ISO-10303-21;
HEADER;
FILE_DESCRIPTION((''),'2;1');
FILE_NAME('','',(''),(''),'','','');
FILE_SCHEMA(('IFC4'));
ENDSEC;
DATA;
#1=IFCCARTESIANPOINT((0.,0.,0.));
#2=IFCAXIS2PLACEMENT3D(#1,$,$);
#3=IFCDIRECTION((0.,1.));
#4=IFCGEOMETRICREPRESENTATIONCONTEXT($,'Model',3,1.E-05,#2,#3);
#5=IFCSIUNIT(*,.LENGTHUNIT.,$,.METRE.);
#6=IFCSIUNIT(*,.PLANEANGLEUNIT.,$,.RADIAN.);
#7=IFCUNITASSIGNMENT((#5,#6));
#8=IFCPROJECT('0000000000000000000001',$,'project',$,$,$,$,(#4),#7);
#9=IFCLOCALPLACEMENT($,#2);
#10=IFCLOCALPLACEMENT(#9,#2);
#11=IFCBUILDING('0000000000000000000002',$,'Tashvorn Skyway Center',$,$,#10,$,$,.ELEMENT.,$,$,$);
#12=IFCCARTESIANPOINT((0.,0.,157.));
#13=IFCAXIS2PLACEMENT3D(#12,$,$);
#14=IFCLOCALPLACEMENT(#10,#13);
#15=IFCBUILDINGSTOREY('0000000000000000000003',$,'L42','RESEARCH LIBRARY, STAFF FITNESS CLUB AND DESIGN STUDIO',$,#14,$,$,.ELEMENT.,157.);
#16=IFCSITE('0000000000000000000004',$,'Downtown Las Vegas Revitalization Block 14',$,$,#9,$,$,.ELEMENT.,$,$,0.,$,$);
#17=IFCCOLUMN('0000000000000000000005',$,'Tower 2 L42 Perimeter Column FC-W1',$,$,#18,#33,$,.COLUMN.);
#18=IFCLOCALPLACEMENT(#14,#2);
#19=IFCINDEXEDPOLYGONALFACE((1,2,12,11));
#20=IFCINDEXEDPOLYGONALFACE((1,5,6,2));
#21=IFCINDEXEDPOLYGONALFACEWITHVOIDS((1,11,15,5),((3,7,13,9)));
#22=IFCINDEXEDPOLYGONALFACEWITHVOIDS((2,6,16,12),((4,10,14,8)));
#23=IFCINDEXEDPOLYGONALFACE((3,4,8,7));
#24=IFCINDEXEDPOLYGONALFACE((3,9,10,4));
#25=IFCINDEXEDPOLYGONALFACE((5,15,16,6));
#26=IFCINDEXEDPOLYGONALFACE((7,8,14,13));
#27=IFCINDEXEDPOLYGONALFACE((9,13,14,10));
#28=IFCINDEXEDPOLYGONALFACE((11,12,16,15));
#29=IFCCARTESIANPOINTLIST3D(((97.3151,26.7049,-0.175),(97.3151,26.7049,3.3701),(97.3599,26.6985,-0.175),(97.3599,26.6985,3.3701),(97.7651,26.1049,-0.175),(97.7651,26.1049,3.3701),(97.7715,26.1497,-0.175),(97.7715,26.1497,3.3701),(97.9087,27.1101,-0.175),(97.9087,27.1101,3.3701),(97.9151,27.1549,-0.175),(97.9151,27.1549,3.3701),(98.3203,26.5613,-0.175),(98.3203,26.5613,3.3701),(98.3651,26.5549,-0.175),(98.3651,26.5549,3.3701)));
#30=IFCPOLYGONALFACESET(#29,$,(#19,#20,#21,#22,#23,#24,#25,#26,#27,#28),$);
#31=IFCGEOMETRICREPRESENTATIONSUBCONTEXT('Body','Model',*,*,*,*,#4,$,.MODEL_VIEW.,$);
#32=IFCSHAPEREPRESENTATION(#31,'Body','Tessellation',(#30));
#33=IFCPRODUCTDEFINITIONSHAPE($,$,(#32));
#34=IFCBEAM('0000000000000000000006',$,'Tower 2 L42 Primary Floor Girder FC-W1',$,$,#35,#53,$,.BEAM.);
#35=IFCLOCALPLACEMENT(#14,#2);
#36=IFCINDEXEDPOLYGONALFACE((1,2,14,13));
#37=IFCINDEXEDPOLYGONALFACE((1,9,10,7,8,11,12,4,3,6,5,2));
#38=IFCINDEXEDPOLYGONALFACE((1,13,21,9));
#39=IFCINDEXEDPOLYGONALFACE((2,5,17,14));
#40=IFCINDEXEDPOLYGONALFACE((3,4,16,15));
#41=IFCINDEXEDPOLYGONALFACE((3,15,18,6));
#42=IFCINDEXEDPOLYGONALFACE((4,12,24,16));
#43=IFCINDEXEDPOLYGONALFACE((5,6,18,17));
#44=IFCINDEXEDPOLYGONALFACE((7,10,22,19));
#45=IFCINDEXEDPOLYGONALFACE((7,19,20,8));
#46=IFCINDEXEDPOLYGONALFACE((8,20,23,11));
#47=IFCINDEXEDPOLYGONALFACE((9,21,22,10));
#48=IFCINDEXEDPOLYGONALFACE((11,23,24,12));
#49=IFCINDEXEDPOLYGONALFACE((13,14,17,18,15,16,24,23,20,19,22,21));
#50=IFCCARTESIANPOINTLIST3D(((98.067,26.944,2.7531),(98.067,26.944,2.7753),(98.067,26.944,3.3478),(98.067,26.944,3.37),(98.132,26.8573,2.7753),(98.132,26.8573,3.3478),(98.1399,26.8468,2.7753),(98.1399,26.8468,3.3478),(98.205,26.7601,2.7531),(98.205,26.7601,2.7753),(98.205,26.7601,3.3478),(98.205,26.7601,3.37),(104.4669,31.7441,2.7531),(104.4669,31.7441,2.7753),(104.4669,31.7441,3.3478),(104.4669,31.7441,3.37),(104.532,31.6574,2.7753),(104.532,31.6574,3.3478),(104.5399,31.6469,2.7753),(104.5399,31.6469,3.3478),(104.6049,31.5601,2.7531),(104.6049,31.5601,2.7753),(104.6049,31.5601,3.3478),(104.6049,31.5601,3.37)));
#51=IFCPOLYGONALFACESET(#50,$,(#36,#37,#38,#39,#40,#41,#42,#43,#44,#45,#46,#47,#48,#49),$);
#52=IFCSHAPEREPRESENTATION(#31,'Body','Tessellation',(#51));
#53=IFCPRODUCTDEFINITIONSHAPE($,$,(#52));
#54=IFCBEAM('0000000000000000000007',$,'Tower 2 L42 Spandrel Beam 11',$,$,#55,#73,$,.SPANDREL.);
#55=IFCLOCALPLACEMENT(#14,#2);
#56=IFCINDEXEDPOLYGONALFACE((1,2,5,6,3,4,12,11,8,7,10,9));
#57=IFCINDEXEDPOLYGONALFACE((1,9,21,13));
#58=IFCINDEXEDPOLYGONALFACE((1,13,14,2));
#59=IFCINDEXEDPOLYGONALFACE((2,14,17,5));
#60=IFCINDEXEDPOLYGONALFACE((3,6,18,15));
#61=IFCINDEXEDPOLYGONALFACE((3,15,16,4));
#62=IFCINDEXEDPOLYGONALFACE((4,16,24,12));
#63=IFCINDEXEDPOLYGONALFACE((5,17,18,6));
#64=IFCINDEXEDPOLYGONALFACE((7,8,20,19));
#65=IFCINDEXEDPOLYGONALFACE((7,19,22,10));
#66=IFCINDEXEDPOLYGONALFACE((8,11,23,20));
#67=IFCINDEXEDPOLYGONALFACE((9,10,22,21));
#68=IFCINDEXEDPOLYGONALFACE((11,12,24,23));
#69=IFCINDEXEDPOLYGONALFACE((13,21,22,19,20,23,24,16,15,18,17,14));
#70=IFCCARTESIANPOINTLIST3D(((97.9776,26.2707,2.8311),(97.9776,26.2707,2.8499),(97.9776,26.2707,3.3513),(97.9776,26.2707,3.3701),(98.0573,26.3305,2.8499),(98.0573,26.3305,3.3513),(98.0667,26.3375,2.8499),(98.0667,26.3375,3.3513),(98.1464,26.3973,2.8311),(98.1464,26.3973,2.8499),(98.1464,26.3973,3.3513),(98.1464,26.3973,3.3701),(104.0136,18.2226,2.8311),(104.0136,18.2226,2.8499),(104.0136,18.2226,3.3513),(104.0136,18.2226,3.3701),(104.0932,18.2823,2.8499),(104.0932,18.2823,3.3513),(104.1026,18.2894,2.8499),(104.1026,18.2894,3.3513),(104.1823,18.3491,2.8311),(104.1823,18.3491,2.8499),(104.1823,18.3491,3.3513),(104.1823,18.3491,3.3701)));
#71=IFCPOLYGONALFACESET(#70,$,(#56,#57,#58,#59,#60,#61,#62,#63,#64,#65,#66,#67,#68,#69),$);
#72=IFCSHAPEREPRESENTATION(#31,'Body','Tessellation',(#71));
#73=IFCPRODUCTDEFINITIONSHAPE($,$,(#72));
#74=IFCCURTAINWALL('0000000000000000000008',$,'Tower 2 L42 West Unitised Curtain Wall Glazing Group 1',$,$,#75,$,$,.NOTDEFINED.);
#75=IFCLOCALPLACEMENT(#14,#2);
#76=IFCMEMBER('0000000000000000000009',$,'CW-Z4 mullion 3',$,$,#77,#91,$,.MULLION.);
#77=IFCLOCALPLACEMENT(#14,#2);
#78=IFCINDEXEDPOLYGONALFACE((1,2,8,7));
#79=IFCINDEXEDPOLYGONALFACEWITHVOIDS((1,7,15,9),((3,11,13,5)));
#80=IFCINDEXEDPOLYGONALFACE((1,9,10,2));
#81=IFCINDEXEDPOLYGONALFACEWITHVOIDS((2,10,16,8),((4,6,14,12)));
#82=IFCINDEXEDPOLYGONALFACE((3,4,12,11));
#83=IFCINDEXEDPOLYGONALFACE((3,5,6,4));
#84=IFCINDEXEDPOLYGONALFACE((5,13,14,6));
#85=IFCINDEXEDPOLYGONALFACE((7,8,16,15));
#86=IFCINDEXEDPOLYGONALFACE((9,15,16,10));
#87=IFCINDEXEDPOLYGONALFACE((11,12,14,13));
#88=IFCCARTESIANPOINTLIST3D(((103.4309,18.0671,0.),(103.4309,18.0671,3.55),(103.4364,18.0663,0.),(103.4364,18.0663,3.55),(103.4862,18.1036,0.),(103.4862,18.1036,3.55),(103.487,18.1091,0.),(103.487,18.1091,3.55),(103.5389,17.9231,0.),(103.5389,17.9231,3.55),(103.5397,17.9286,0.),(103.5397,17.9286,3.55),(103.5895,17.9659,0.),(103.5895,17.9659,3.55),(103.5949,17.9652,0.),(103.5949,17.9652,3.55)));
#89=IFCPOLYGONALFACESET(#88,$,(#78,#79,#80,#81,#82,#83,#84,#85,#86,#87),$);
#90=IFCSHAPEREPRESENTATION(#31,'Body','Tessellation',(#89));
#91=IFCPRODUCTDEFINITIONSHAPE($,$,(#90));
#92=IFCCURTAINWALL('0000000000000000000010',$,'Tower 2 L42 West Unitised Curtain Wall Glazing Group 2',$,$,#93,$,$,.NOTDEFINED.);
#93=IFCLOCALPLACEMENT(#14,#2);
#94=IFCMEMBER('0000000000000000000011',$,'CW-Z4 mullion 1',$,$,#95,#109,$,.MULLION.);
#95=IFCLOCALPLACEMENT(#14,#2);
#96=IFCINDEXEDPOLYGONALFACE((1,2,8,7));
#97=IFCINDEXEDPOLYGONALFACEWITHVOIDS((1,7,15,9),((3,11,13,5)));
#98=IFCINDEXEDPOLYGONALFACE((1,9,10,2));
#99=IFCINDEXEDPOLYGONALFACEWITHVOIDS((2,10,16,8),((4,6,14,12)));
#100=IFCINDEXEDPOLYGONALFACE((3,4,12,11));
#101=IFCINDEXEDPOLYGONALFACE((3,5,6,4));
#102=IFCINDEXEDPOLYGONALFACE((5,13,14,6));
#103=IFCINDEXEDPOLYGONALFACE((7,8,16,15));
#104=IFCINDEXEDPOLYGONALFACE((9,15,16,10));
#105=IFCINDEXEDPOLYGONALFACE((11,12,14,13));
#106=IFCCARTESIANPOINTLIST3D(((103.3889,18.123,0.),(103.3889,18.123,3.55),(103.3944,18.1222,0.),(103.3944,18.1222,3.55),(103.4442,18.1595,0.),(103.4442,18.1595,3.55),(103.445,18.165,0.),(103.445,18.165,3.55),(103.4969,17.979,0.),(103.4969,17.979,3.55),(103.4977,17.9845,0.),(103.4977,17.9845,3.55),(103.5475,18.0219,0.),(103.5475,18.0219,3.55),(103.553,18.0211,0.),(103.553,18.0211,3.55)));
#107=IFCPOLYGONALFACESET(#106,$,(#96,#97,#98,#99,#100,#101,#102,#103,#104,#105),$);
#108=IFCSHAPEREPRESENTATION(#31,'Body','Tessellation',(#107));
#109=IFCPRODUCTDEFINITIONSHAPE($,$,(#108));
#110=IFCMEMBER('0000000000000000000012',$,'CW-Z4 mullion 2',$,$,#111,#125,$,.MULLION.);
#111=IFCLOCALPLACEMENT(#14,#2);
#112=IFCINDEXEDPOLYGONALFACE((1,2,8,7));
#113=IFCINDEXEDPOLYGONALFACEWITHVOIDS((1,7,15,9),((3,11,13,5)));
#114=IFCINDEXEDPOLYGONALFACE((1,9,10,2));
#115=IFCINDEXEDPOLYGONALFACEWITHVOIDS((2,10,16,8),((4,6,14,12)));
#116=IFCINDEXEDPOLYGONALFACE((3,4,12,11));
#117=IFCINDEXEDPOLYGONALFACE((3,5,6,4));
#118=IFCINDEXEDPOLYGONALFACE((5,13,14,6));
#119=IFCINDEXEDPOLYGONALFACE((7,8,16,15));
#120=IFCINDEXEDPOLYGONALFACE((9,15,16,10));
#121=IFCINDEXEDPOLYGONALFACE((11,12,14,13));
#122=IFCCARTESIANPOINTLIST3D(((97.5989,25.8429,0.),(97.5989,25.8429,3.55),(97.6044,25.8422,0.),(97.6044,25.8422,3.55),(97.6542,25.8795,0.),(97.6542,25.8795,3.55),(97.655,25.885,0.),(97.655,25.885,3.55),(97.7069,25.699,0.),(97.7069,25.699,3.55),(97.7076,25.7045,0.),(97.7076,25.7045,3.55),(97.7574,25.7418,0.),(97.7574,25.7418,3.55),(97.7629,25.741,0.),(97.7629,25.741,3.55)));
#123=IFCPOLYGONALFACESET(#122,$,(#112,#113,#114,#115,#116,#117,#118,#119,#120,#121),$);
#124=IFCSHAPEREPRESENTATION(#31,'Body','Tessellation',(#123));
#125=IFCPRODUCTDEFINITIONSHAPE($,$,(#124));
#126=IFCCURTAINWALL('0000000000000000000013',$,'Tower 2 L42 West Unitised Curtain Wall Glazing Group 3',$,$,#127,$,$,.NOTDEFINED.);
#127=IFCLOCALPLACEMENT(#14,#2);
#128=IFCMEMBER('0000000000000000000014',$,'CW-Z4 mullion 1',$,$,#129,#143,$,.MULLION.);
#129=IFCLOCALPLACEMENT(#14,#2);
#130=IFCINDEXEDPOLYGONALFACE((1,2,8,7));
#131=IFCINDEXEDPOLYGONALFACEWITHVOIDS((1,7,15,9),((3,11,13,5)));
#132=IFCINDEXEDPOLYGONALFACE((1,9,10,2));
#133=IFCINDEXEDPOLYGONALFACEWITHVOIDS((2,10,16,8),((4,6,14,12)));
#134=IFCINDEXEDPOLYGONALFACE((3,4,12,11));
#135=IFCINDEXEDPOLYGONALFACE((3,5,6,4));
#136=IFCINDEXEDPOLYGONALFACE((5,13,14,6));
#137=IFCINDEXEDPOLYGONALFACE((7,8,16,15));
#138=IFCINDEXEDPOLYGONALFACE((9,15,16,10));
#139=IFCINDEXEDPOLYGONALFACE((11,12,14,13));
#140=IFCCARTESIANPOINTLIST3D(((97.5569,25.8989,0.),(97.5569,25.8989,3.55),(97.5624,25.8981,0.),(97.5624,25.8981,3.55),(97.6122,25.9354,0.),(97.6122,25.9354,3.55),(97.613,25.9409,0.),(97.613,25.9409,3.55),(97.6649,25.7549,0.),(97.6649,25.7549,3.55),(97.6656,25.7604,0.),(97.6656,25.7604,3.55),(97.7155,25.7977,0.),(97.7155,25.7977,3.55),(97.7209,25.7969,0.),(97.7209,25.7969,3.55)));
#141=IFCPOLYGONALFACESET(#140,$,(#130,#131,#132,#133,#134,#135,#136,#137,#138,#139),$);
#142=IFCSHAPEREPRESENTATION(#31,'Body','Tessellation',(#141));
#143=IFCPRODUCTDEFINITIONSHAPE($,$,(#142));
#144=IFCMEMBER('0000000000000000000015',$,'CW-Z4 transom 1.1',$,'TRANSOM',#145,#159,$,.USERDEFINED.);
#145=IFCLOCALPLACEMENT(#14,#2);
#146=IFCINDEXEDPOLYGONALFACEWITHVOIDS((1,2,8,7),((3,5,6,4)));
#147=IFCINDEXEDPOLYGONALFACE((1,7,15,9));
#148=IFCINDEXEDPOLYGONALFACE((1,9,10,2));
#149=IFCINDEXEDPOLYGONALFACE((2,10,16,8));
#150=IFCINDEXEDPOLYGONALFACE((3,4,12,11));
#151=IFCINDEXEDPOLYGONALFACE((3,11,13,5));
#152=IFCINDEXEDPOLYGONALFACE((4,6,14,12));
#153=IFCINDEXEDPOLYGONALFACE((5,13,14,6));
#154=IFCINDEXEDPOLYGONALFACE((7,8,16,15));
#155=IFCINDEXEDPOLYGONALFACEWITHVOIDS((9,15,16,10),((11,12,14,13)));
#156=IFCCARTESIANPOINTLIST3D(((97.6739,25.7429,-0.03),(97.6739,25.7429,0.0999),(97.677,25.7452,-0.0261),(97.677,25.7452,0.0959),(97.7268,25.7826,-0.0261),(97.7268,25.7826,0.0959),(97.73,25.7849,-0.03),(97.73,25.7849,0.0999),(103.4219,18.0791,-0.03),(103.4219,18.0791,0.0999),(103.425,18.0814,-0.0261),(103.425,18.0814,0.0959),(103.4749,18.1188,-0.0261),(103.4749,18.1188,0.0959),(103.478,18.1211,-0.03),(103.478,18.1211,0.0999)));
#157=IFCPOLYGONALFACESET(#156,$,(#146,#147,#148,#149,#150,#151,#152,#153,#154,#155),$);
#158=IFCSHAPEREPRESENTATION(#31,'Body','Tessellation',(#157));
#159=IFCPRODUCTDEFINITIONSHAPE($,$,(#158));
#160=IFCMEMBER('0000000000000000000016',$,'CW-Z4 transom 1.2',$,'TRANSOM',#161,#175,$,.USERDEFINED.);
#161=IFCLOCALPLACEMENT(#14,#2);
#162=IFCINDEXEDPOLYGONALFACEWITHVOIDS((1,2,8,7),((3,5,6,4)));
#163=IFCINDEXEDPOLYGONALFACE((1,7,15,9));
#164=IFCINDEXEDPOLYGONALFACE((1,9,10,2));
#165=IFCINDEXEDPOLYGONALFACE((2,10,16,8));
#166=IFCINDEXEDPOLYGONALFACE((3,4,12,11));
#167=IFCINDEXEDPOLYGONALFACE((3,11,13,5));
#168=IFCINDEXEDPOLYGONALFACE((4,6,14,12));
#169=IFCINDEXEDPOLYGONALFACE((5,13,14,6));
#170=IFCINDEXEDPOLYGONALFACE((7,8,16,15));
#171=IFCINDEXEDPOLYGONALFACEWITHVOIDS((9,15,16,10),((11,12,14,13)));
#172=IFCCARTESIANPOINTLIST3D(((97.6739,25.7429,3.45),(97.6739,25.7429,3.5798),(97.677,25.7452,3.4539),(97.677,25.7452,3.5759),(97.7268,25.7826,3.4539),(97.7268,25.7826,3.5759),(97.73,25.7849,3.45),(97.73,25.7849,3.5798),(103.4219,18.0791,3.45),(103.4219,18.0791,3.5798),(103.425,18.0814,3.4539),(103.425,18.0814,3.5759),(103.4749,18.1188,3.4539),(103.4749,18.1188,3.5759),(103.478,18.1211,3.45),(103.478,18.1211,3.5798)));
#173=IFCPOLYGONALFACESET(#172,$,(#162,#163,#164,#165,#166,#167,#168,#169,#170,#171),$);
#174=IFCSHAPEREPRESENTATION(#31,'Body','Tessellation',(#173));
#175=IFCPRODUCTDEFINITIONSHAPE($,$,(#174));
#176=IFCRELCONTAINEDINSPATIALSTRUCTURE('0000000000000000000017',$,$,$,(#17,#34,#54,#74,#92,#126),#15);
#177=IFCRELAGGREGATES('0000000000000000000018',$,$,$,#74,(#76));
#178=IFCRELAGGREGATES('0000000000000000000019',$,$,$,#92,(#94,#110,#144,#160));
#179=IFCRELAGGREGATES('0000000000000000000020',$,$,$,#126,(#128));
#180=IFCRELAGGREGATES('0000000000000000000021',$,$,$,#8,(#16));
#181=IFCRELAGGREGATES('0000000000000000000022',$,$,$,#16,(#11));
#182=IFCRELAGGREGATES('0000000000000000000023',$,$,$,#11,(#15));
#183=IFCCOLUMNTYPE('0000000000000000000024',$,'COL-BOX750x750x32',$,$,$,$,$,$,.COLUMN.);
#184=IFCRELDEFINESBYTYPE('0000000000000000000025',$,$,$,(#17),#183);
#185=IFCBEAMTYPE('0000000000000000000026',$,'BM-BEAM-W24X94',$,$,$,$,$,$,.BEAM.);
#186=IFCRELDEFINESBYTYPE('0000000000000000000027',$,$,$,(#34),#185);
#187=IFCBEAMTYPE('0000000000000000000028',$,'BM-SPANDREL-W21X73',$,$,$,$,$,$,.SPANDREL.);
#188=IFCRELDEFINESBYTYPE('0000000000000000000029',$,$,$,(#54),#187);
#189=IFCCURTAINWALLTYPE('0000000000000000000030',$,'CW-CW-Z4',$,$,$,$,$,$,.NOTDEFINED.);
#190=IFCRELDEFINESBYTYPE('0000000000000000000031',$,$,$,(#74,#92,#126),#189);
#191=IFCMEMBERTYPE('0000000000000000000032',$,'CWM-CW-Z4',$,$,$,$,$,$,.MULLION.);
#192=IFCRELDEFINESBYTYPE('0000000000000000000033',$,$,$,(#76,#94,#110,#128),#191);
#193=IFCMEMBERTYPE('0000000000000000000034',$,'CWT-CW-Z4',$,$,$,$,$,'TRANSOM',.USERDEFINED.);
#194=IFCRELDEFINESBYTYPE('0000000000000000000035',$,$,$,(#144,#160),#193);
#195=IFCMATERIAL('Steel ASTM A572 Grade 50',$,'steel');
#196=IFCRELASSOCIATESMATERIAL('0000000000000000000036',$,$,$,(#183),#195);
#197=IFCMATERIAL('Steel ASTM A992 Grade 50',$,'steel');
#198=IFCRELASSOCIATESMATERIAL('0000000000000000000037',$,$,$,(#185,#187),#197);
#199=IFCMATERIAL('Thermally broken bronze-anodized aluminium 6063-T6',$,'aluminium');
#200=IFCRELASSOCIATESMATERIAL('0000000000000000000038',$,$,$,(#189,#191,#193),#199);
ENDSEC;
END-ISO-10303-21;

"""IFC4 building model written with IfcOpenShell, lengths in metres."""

from ifc_helpers import new_model, si_unit, direction, frame, origin, origin_2d, place, context, subcontext, project, spatial, hollow_rectangle, i_section, extrude, material, material_profile, profile_set, type_object, element, aggregate, save


model = new_model("IFC4")

# Units and contexts
model_context = context("Model", 3, precision=1e-05, world=origin(), true_north=direction((0.0, 1.0)))
body_context = subcontext(model_context, "Body", "Model", "MODEL_VIEW")
ifc_project = project(units=[si_unit("LENGTHUNIT", "METRE"), si_unit("PLANEANGLEUNIT", "RADIAN")], contexts=[model_context])

# Site, building, storey
site_placement = place(None, origin())
site = spatial("IfcSite", under=ifc_project, at=site_placement, Name="Downtown Las Vegas Revitalization Block 14", CompositionType="ELEMENT", RefElevation=0.0)
building_placement = place(site_placement, origin())
building = spatial("IfcBuilding", under=site, at=building_placement, Name="Tashvorn Skyway Center", CompositionType="ELEMENT")
storey_placement = place(building_placement, frame((0.0, 0.0, 157.0)))
storey = spatial("IfcBuildingStorey", under=building, at=storey_placement, Name="L42", Description="RESEARCH LIBRARY, STAFF FITNESS CLUB AND DESIGN STUDIO", CompositionType="ELEMENT", Elevation=157.0)

# Column
ifc_material_1 = material(Name="Steel ASTM A572 Grade 50", Category="steel")
ifc_material_profile_1 = material_profile(ifc_material_1, hollow_rectangle(XDim=0.75, YDim=0.75, WallThickness=0.032, at=origin_2d()), Name="BOX750x750x32")
ifc_profile_set_1 = profile_set([ifc_material_profile_1], Name="Steel ASTM A572 Grade 50")
column_type = type_object("IfcColumnType", Name="COL-BOX750x750x32", PredefinedType="COLUMN", material=ifc_profile_set_1)
column_placement = place(storey_placement, frame((97.8401, 26.6299, -0.175), z_axis=(0.0, 0.0, 1.0), x_axis=(0.8, 0.6, 0.0)))
element("IfcColumn", 1, at=column_placement, inside=storey, type_object=column_type, Name="Tower 2 L42 Perimeter Column FC-W1", PredefinedType="COLUMN", context=body_context, shape_type="SweptSolid", body=[
    extrude(hollow_rectangle(XDim=0.75, YDim=0.75, WallThickness=0.032, at=origin_2d()), origin(), (0.0, 0.0, 1.0), 3.5452),
])

# Beams
ifc_material_2 = material(Name="Steel ASTM A992 Grade 50", Category="steel")
ifc_material_profile_2 = material_profile(ifc_material_2, i_section(OverallWidth=0.23, OverallDepth=0.6169, WebThickness=0.0132, FlangeThickness=0.0222, at=origin_2d()), Name="W24X94")
ifc_profile_set_2 = profile_set([ifc_material_profile_2], Name="Steel ASTM A992 Grade 50")
beam_type_1 = type_object("IfcBeamType", Name="BM-BEAM-W24X94", PredefinedType="BEAM", material=ifc_profile_set_2)
beam_1_placement = place(storey_placement, frame((98.136, 26.8521, 3.0615), z_axis=(0.799993, 0.60001, 0.0), x_axis=(-0.60001, 0.799993, 0.0)))
element("IfcBeam", 2, at=beam_1_placement, inside=storey, type_object=beam_type_1, Name="Tower 2 L42 Primary Floor Girder FC-W1", PredefinedType="BEAM", context=body_context, shape_type="SweptSolid", body=[
    extrude(i_section(OverallWidth=0.23, OverallDepth=0.6169, WebThickness=0.0132, FlangeThickness=0.0222, at=origin_2d()), origin(), (0.0, 0.0, 1.0), 8.0),
])
ifc_material_profile_3 = material_profile(ifc_material_2, i_section(OverallWidth=0.2109, OverallDepth=0.5391, WebThickness=0.0117, FlangeThickness=0.0188, at=origin_2d()), Name="W21X73")
ifc_profile_set_3 = profile_set([ifc_material_profile_3], Name="Steel ASTM A992 Grade 50")
beam_type_2 = type_object("IfcBeamType", Name="BM-SPANDREL-W21X73", PredefinedType="SPANDREL", material=ifc_profile_set_3)
beam_2_placement = place(storey_placement, frame((98.062, 26.334, 3.1006), z_axis=(0.599988, -0.800009, 0.0), x_axis=(0.800009, 0.599988, 0.0)))
element("IfcBeam", 3, at=beam_2_placement, inside=storey, type_object=beam_type_2, Name="Tower 2 L42 Spandrel Beam 11", PredefinedType="SPANDREL", context=body_context, shape_type="SweptSolid", body=[
    extrude(i_section(OverallWidth=0.2109, OverallDepth=0.5391, WebThickness=0.0117, FlangeThickness=0.0188, at=origin_2d()), origin(), (0.0, 0.0, 1.0), 10.0601),
])

# Curtain wall, member
ifc_material_3 = material(Name="Thermally broken bronze-anodized aluminium 6063-T6", Category="aluminium")
curtain_wall_type = type_object("IfcCurtainWallType", Name="CW-CW-Z4", PredefinedType="NOTDEFINED", material=ifc_material_3)
curtain_wall_1_placement = place(storey_placement, origin())
curtain_wall_1 = element("IfcCurtainWall", 4, at=curtain_wall_1_placement, inside=storey, type_object=curtain_wall_type, Name="Tower 2 L42 West Unitised Curtain Wall Glazing Group 1", PredefinedType="NOTDEFINED")
ifc_material_profile_4 = material_profile(ifc_material_3, hollow_rectangle(XDim=0.0701, YDim=0.1799, WallThickness=0.0039, at=origin_2d()), Name="ALU-MULL-70x180")
ifc_profile_set_4 = profile_set([ifc_material_profile_4], Name="Thermally broken bronze-anodized aluminium 6063-T6")
member_type_1 = type_object("IfcMemberType", Name="CWM-CW-Z4", PredefinedType="MULLION", material=ifc_profile_set_4)
member_1_placement = place(storey_placement, frame((103.5129, 18.0161, 0.0), z_axis=(0.0, 0.0, 1.0), x_axis=(-0.8, -0.6, 0.0)))
member_1 = element("IfcMember", 5, at=member_1_placement, type_object=member_type_1, Name="CW-Z4 mullion 3", PredefinedType="MULLION", context=body_context, shape_type="SweptSolid", body=[
    extrude(hollow_rectangle(XDim=0.0701, YDim=0.1799, WallThickness=0.0039, at=origin_2d()), origin(), (0.0, 0.0, 1.0), 3.55),
])
aggregate(curtain_wall_1, [member_1])

# Curtain wall, members
curtain_wall_2_placement = place(storey_placement, origin())
curtain_wall_2 = element("IfcCurtainWall", 6, at=curtain_wall_2_placement, inside=storey, type_object=curtain_wall_type, Name="Tower 2 L42 West Unitised Curtain Wall Glazing Group 2", PredefinedType="NOTDEFINED")
member_2_placement = place(storey_placement, frame((103.4709, 18.072, 0.0), z_axis=(0.0, 0.0, 1.0), x_axis=(-0.8, -0.6, 0.0)))
member_2 = element("IfcMember", 7, at=member_2_placement, type_object=member_type_1, Name="CW-Z4 mullion 1", PredefinedType="MULLION", context=body_context, shape_type="SweptSolid", body=[
    extrude(hollow_rectangle(XDim=0.0701, YDim=0.1799, WallThickness=0.0039, at=origin_2d()), origin(), (0.0, 0.0, 1.0), 3.55),
])
member_3_placement = place(storey_placement, frame((97.6809, 25.792, 0.0), z_axis=(0.0, 0.0, 1.0), x_axis=(-0.8, -0.6, 0.0)))
member_3 = element("IfcMember", 8, at=member_3_placement, type_object=member_type_1, Name="CW-Z4 mullion 2", PredefinedType="MULLION", context=body_context, shape_type="SweptSolid", body=[
    extrude(hollow_rectangle(XDim=0.0701, YDim=0.1799, WallThickness=0.0039, at=origin_2d()), origin(), (0.0, 0.0, 1.0), 3.55),
])

# Curtain wall, member
curtain_wall_3_placement = place(storey_placement, origin())
curtain_wall_3 = element("IfcCurtainWall", 9, at=curtain_wall_3_placement, inside=storey, type_object=curtain_wall_type, Name="Tower 2 L42 West Unitised Curtain Wall Glazing Group 3", PredefinedType="NOTDEFINED")
member_4_placement = place(storey_placement, frame((97.6389, 25.8479, 0.0), z_axis=(0.0, 0.0, 1.0), x_axis=(-0.8, -0.6, 0.0)))
member_4 = element("IfcMember", 10, at=member_4_placement, type_object=member_type_1, Name="CW-Z4 mullion 1", PredefinedType="MULLION", context=body_context, shape_type="SweptSolid", body=[
    extrude(hollow_rectangle(XDim=0.0701, YDim=0.1799, WallThickness=0.0039, at=origin_2d()), origin(), (0.0, 0.0, 1.0), 3.55),
])

# Members
ifc_material_profile_5 = material_profile(ifc_material_3, hollow_rectangle(XDim=0.0701, YDim=0.1299, WallThickness=0.0039, at=origin_2d()), Name="ALU-TRAN-70x130")
ifc_profile_set_5 = profile_set([ifc_material_profile_5], Name="Thermally broken bronze-anodized aluminium 6063-T6")
member_type_2 = type_object("IfcMemberType", Name="CWT-CW-Z4", ElementType="TRANSOM", PredefinedType="USERDEFINED", material=ifc_profile_set_5)
member_5_placement = place(storey_placement, frame((103.45, 18.1001, 0.0349), z_axis=(-0.600012, 0.799991, 0.0), x_axis=(-0.799991, -0.600012, 0.0)))
member_5 = element("IfcMember", 11, at=member_5_placement, type_object=member_type_2, Name="CW-Z4 transom 1.1", ObjectType="TRANSOM", PredefinedType="USERDEFINED", context=body_context, shape_type="SweptSolid", body=[
    extrude(hollow_rectangle(XDim=0.0701, YDim=0.1299, WallThickness=0.0039, at=origin_2d()), origin(), (0.0, 0.0, 1.0), 9.5798),
])
member_6_placement = place(storey_placement, frame((103.45, 18.1001, 3.5149), z_axis=(-0.600012, 0.799991, 0.0), x_axis=(-0.799991, -0.600012, 0.0)))
member_6 = element("IfcMember", 12, at=member_6_placement, type_object=member_type_2, Name="CW-Z4 transom 1.2", ObjectType="TRANSOM", PredefinedType="USERDEFINED", context=body_context, shape_type="SweptSolid", body=[
    extrude(hollow_rectangle(XDim=0.0701, YDim=0.1299, WallThickness=0.0039, at=origin_2d()), origin(), (0.0, 0.0, 1.0), 9.5798),
])

aggregate(curtain_wall_2, [member_2, member_3, member_5, member_6])
aggregate(curtain_wall_3, [member_4])

save(model, "model.ifc")
